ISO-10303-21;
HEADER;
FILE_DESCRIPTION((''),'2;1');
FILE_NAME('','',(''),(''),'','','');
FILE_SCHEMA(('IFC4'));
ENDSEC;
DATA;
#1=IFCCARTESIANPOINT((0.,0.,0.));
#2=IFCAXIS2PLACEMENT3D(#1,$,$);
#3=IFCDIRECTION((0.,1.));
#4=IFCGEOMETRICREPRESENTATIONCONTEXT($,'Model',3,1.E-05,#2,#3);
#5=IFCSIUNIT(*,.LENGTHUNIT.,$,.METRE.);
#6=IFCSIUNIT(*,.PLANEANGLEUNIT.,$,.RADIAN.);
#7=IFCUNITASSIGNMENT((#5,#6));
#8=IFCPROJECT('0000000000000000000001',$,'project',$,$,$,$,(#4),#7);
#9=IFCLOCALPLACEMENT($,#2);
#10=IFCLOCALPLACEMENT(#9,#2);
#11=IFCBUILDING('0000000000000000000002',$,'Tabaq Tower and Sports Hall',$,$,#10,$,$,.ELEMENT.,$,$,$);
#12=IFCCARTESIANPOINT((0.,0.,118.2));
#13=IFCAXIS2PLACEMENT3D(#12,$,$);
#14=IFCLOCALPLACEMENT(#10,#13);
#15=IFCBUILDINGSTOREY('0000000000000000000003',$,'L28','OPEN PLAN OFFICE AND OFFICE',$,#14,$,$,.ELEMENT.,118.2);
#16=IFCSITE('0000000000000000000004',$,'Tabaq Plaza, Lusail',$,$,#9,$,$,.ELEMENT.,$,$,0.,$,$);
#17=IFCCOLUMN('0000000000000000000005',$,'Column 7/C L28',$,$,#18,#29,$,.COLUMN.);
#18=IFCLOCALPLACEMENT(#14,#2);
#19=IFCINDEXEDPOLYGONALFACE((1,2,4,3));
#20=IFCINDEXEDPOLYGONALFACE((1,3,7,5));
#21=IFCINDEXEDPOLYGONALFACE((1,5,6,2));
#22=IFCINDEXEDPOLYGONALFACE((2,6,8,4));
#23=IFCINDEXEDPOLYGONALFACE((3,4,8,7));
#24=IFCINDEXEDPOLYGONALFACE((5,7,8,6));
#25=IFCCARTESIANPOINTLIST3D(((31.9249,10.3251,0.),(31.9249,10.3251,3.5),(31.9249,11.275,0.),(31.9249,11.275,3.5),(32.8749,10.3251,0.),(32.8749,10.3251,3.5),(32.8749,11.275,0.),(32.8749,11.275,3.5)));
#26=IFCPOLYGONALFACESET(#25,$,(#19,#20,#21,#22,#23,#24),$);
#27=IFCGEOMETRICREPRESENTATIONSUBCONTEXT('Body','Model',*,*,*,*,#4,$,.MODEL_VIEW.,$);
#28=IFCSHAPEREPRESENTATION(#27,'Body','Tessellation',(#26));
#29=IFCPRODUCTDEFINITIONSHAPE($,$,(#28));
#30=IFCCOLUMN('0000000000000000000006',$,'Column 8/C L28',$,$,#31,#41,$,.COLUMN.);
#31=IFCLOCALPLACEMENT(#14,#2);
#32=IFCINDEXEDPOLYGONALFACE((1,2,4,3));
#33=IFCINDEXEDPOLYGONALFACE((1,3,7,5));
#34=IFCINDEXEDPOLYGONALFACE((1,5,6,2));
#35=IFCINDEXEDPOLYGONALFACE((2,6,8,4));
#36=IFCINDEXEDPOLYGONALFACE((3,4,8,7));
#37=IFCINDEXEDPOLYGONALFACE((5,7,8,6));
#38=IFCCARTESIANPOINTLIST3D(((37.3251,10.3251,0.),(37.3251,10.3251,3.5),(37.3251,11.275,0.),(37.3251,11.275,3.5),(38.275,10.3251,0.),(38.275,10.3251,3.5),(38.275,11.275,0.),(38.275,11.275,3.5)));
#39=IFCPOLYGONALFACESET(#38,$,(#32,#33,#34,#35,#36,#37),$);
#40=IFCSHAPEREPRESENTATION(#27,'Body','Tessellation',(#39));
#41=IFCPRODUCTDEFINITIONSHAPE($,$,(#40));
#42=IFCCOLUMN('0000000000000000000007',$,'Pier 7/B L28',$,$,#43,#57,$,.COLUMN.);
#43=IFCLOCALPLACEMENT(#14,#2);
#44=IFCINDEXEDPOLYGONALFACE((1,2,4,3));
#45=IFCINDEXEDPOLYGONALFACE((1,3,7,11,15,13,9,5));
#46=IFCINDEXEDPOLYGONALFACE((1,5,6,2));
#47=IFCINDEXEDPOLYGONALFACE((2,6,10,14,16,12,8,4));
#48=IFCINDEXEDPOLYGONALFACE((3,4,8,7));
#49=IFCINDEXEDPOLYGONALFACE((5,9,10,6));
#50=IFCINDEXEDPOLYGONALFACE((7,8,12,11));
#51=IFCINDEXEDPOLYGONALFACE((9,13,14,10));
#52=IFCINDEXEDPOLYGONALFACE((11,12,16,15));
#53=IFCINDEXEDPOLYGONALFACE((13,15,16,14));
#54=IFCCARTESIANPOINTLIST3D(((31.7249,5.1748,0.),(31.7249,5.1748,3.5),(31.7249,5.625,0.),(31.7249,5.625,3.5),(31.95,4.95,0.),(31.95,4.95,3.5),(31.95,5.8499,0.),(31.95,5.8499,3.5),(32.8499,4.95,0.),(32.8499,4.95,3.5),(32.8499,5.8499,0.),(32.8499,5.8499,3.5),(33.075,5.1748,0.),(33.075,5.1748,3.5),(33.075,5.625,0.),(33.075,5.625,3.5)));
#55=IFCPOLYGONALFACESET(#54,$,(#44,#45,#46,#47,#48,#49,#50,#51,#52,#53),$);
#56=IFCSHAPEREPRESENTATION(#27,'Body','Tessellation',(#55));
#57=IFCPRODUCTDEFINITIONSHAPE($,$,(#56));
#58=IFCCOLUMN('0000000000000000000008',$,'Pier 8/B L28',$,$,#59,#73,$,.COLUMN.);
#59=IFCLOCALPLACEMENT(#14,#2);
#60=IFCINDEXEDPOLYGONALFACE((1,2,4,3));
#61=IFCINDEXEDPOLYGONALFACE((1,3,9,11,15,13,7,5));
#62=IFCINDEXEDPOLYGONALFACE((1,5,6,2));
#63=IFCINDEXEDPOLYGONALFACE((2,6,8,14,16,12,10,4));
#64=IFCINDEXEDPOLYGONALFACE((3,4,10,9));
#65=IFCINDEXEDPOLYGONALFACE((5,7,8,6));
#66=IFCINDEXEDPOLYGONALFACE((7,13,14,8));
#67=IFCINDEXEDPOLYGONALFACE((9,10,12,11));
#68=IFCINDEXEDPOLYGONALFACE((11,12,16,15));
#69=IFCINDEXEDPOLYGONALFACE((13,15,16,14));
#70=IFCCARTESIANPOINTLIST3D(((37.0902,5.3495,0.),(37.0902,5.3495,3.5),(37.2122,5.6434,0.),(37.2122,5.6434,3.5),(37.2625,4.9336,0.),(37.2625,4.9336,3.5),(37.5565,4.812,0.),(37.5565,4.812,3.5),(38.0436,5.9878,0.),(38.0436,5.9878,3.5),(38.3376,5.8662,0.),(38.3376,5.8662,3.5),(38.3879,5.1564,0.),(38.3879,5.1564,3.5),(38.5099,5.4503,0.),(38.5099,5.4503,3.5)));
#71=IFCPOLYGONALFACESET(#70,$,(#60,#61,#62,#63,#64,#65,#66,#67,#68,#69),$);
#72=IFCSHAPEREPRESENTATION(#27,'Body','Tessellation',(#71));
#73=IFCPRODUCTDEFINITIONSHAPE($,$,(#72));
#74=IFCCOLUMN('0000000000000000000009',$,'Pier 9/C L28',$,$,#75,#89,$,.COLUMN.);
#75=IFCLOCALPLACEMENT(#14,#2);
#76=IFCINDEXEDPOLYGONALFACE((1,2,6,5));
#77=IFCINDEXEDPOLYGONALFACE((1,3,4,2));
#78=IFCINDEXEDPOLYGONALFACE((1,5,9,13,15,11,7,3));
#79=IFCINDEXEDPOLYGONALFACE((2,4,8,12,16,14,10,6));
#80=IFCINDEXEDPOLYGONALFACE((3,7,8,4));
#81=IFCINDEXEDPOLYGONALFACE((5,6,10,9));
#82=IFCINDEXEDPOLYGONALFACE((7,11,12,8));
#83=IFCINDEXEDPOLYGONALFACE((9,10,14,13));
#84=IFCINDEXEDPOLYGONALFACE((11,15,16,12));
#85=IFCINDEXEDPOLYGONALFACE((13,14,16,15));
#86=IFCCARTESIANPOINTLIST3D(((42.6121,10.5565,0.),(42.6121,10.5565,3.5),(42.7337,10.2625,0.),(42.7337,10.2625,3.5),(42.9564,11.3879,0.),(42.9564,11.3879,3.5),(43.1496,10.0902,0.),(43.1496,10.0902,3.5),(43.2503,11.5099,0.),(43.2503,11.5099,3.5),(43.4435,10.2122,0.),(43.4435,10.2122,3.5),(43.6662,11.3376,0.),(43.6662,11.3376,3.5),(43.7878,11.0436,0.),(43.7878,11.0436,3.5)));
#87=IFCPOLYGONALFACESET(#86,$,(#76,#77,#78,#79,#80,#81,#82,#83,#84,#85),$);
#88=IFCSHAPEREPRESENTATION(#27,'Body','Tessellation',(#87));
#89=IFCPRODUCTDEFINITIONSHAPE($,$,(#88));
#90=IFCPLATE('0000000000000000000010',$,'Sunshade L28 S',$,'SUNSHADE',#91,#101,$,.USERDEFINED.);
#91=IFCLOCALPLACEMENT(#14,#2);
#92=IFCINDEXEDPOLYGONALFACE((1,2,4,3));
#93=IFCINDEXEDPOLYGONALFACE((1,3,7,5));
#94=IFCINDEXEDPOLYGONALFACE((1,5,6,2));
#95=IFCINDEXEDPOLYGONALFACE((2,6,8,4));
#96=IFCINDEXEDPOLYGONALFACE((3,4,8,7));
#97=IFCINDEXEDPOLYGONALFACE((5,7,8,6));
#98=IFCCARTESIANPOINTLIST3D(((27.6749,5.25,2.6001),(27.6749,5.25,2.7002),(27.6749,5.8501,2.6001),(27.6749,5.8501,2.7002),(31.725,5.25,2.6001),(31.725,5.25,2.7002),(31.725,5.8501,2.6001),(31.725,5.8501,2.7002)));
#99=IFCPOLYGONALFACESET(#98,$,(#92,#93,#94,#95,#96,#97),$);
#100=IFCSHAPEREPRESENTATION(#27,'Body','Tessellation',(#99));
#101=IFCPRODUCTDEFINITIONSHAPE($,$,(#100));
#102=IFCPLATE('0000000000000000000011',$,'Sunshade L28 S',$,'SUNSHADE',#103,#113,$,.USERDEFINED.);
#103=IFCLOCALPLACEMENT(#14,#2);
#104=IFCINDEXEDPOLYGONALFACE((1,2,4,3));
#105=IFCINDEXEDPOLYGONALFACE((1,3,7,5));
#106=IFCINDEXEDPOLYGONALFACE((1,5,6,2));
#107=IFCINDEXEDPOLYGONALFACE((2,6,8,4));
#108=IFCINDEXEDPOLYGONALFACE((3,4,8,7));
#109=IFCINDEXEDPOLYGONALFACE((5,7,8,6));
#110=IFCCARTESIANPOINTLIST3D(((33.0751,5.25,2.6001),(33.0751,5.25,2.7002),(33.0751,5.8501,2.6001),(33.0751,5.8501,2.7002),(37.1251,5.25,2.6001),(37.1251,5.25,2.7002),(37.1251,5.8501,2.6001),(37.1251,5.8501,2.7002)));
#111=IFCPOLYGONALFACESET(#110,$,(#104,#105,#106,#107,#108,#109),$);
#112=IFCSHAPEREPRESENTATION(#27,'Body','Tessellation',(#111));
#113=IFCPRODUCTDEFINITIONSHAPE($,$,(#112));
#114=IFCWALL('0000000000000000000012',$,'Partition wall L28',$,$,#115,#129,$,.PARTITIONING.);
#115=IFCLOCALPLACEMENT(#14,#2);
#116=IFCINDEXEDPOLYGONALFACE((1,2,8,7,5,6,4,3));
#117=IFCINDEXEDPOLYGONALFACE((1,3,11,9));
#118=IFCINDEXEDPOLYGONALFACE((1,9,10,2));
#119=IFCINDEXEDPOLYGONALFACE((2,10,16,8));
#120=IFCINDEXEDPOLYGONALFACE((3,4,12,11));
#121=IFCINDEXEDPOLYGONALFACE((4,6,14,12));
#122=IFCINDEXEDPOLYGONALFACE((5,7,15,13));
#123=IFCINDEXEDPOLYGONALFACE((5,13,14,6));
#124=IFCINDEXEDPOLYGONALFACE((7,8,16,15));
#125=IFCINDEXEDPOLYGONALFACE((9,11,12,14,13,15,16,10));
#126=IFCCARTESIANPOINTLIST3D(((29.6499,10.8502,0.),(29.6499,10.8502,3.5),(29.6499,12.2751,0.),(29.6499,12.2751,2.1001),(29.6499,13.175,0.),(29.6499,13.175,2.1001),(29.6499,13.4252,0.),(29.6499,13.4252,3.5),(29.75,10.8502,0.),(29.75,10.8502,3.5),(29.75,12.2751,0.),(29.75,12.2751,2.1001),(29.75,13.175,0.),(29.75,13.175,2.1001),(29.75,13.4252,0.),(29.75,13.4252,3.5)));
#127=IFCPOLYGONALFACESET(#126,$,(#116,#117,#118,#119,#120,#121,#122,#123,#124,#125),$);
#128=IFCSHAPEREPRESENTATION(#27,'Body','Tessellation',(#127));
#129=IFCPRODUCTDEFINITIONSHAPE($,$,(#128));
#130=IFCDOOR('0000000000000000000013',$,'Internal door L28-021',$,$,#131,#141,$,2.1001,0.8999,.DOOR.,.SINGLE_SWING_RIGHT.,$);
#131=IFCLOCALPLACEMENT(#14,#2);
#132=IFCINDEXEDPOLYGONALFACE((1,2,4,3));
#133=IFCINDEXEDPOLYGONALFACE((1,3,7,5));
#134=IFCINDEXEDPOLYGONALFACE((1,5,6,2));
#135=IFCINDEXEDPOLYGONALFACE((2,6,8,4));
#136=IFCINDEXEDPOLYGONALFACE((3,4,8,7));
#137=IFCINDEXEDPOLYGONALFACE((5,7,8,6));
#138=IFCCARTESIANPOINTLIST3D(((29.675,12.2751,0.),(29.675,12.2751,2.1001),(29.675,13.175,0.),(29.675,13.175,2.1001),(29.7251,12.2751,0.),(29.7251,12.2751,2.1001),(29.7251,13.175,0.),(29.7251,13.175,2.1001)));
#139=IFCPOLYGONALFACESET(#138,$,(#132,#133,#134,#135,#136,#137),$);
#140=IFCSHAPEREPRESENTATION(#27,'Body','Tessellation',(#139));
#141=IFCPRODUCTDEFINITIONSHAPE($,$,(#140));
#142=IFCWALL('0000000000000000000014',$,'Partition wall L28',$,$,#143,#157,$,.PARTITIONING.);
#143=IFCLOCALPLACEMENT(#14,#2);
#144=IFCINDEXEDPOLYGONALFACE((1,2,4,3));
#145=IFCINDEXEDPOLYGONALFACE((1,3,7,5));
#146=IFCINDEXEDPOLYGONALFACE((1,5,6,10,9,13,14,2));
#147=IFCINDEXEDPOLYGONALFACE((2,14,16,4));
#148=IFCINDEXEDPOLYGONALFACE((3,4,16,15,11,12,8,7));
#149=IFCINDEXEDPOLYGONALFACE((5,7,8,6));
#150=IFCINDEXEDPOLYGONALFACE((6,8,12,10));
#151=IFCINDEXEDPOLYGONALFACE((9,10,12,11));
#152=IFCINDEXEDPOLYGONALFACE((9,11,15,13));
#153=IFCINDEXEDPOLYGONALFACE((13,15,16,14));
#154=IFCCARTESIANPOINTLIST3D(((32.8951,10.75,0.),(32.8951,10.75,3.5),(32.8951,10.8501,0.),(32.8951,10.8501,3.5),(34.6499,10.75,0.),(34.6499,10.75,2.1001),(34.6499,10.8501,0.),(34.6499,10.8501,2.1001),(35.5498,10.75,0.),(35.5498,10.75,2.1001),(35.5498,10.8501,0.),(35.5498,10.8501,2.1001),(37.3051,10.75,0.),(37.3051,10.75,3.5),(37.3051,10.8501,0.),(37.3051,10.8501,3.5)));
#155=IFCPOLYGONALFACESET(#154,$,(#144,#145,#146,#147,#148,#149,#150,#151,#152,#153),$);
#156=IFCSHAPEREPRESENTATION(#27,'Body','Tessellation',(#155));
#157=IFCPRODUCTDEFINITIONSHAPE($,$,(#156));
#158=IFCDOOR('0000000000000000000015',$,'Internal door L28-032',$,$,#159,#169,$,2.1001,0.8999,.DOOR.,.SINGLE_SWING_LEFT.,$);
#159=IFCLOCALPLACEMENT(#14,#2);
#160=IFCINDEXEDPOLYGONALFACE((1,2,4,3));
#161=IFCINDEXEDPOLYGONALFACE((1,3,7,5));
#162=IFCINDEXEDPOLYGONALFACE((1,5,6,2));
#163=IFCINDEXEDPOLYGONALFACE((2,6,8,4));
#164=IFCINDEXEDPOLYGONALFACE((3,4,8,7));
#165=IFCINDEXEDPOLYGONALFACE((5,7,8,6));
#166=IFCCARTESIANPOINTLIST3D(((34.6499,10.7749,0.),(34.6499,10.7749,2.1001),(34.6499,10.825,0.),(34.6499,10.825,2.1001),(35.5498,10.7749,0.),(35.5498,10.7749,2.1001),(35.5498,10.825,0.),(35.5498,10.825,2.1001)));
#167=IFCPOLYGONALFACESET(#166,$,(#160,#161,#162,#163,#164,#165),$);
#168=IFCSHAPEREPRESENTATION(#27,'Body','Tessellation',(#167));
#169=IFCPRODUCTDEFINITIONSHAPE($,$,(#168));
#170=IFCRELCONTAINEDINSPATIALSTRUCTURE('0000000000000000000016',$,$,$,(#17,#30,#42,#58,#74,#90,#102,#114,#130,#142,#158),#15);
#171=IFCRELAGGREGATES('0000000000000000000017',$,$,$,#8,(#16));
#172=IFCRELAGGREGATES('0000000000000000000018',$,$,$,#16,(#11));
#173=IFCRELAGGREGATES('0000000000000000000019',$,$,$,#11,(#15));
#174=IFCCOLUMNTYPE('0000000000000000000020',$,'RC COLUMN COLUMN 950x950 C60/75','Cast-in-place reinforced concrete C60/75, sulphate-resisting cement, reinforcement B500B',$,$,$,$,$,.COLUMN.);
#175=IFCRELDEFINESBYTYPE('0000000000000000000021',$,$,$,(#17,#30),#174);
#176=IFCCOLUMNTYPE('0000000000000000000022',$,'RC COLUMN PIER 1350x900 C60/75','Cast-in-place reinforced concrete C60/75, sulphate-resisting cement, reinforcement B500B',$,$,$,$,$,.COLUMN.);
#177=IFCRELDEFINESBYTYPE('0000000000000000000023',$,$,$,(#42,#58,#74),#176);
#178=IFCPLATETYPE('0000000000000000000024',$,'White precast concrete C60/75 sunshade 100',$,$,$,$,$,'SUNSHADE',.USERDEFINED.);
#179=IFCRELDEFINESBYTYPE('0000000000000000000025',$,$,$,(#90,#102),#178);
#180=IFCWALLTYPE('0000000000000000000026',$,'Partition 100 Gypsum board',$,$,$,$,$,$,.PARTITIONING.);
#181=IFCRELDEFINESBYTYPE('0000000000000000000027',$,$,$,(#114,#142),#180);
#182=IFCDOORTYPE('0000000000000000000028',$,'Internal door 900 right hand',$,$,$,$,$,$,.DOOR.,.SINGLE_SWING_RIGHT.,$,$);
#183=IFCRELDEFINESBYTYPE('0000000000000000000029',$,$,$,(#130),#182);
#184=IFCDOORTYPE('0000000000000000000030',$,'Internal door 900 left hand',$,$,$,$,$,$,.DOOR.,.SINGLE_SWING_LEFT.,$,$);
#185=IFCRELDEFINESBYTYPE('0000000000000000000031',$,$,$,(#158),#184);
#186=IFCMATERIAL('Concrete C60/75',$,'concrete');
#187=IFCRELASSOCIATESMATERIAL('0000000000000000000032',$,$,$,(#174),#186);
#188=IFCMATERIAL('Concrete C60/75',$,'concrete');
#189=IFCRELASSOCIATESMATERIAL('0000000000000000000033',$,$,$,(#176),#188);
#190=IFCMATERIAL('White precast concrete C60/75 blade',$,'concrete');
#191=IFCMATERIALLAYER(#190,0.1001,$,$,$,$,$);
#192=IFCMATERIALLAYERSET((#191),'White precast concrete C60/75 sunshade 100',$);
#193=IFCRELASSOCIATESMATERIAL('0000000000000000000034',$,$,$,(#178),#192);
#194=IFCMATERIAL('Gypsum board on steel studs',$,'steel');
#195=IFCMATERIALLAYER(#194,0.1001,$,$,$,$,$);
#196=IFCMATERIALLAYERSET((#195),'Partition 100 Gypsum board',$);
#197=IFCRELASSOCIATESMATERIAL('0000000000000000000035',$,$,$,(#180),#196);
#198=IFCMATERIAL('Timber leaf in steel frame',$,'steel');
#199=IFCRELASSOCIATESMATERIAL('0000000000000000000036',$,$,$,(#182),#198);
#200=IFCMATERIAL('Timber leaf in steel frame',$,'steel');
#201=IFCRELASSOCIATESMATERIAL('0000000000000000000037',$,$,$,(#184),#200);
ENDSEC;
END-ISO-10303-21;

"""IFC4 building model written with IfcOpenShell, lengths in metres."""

from ifc_helpers import new_model, si_unit, direction, frame, frame_2d, origin, origin_2d, place, context, subcontext, project, spatial, polyline, rectangle, outline, extrude, material, layer, layer_set, material_profile, profile_set, type_object, element, fill, save


model = new_model("IFC4")

# Units and contexts
model_context = context("Model", 3, precision=1e-05, world=origin(), true_north=direction((0.0, 1.0)))
body_context = subcontext(model_context, "Body", "Model", "MODEL_VIEW")
ifc_project = project(units=[si_unit("LENGTHUNIT", "METRE"), si_unit("PLANEANGLEUNIT", "RADIAN")], contexts=[model_context])

# Site, building, storey
site_placement = place(None, origin())
site = spatial("IfcSite", under=ifc_project, at=site_placement, Name="Tabaq Plaza, Lusail", CompositionType="ELEMENT", RefElevation=0.0)
building_placement = place(site_placement, origin())
building = spatial("IfcBuilding", under=site, at=building_placement, Name="Tabaq Tower and Sports Hall", CompositionType="ELEMENT")
storey_placement = place(building_placement, frame((0.0, 0.0, 118.2)))
storey = spatial("IfcBuildingStorey", under=building, at=storey_placement, Name="L28", Description="OPEN PLAN OFFICE AND OFFICE", CompositionType="ELEMENT", Elevation=118.2)

# Columns
ifc_material_1 = material(Name="Concrete C60/75", Category="concrete")
ifc_material_profile_1 = material_profile(ifc_material_1, rectangle(XDim=0.95, YDim=0.95, at=origin_2d()), Name="COLUMN 950x950")
ifc_profile_set_1 = profile_set([ifc_material_profile_1], Name="Concrete C60/75")
column_type_1 = type_object("IfcColumnType", Name="RC COLUMN COLUMN 950x950 C60/75", Description="Cast-in-place reinforced concrete C60/75, sulphate-resisting cement, reinforcement B500B", PredefinedType="COLUMN", material=ifc_profile_set_1)
for number, where, z_axis, x_axis, name in (
    (1, (32.3999, 10.8, 0.0), (0.0, 0.0, 1.0), (1.0, 0.0, 0.0), "Column 7/C L28"),
    (2, (37.8, 10.8, 0.0), (0.0, 0.0, 1.0), (1.0, 0.0, 0.0), "Column 8/C L28"),
):
    element("IfcColumn", number, at=place(storey_placement, frame(where, z_axis=z_axis, x_axis=x_axis)), inside=storey, type_object=column_type_1, Name=name, PredefinedType="COLUMN", context=body_context, shape_type="SweptSolid", body=[
        extrude(rectangle(XDim=0.95, YDim=0.95, at=origin_2d()), origin(), (0.0, 0.0, 1.0), 3.5),
    ])
ifc_material_2 = material(Name="Concrete C60/75", Category="concrete")
ifc_material_profile_2 = material_profile(ifc_material_2, outline(polyline([(-0.45, -0.45), (0.45, -0.45), (0.675, -0.2251), (0.675, 0.2251), (0.45, 0.45), (-0.45, 0.45), (-0.675, 0.2251), (-0.675, -0.2251), (-0.45, -0.45)])), Name="PIER 1350x900")
ifc_profile_set_2 = profile_set([ifc_material_profile_2], Name="Concrete C60/75")
column_type_2 = type_object("IfcColumnType", Name="RC COLUMN PIER 1350x900 C60/75", Description="Cast-in-place reinforced concrete C60/75, sulphate-resisting cement, reinforcement B500B", PredefinedType="COLUMN", material=ifc_profile_set_2)
for number, where, z_axis, x_axis, name in (
    (3, (32.3999, 5.3999, 0.0), (0.0, 0.0, 1.0), (1.0, 0.0, 0.0), "Pier 7/B L28"),
    (4, (37.8, 5.3999, 0.0), (0.0, 0.0, 1.0), (0.92388, 0.382683, 0.0), "Pier 8/B L28"),
    (5, (43.2, 10.8, 0.0), (0.0, 0.0, 1.0), (0.382683, 0.92388, 0.0), "Pier 9/C L28"),
):
    element("IfcColumn", number, at=place(storey_placement, frame(where, z_axis=z_axis, x_axis=x_axis)), inside=storey, type_object=column_type_2, Name=name, PredefinedType="COLUMN", context=body_context, shape_type="SweptSolid", body=[
        extrude(outline(polyline([(-0.45, -0.45), (0.45, -0.45), (0.675, -0.2251), (0.675, 0.2251), (0.45, 0.45), (-0.45, 0.45), (-0.675, 0.2251), (-0.675, -0.2251), (-0.45, -0.45)])), origin(), (0.0, 0.0, 1.0), 3.5),
    ])

# Plates
ifc_material_3 = material(Name="White precast concrete C60/75 blade", Category="concrete")
ifc_layer_1 = layer(ifc_material_3, 0.1001)
ifc_layer_set_1 = layer_set([ifc_layer_1], Name="White precast concrete C60/75 sunshade 100")
plate_type = type_object("IfcPlateType", Name="White precast concrete C60/75 sunshade 100", ElementType="SUNSHADE", PredefinedType="USERDEFINED", material=ifc_layer_set_1)
for number, where, z_axis, x_axis, name in (
    (6, (29.7, 5.55, 2.6001), (0.0, 0.0, 1.0), (1.0, 0.0, 0.0), "Sunshade L28 S"),
    (7, (35.1001, 5.55, 2.6001), (0.0, 0.0, 1.0), (1.0, 0.0, 0.0), "Sunshade L28 S"),
):
    element("IfcPlate", number, at=place(storey_placement, frame(where, z_axis=z_axis, x_axis=x_axis)), inside=storey, type_object=plate_type, Name=name, ObjectType="SUNSHADE", PredefinedType="USERDEFINED", context=body_context, shape_type="SweptSolid", body=[
        extrude(rectangle(XDim=4.05, YDim=0.6001, at=origin_2d()), origin(), (0.0, 0.0, 1.0), 0.1001),
    ])

# Walls, openings, doors
ifc_material_4 = material(Name="Gypsum board on steel studs", Category="steel")
ifc_layer_2 = layer(ifc_material_4, 0.1001)
ifc_layer_set_2 = layer_set([ifc_layer_2], Name="Partition 100 Gypsum board")
wall_type_1 = type_object("IfcWallType", Name="Partition 100 Gypsum board", PredefinedType="PARTITIONING", material=ifc_layer_set_2)
wall_1_placement = place(storey_placement, frame((29.7, 10.8501, 0.0), z_axis=(0.0, 0.0, 1.0), x_axis=(0.0, 1.0, 0.0)))
wall_1 = element("IfcWall", 8, at=wall_1_placement, inside=storey, type_object=wall_type_1, Name="Partition wall L28", PredefinedType="PARTITIONING", context=body_context, shape_type="SweptSolid", body=[
    extrude(rectangle(XDim=2.575, YDim=0.1001, at=frame_2d((1.2876, 0.0))), origin(), (0.0, 0.0, 1.0), 3.5),
])
opening_1_placement = place(wall_1_placement, frame((1.425, 0.0, 0.0)))
opening_1 = element("IfcOpeningElement", 9, at=opening_1_placement, cuts=wall_1, PredefinedType="OPENING", context=body_context, shape_type="SweptSolid", body=[
    extrude(rectangle(XDim=0.8999, YDim=2.1001, at=frame_2d((0.45, 1.05))), frame((0.0, 0.05, 0.0), z_axis=(0.0, -1.0, 0.0), x_axis=(1.0, 0.0, 0.0)), (0.0, 0.0, 1.0), 0.1001),
])
ifc_material_5 = material(Name="Timber leaf in steel frame", Category="steel")
door_type_1 = type_object("IfcDoorType", Name="Internal door 900 right hand", OperationType="SINGLE_SWING_RIGHT", PredefinedType="DOOR", material=ifc_material_5)
door_1_placement = place(opening_1_placement, origin())
door_1 = element("IfcDoor", 10, at=door_1_placement, inside=storey, type_object=door_type_1, Name="Internal door L28-021", OperationType="SINGLE_SWING_RIGHT", OverallHeight=2.1001, OverallWidth=0.8999, PredefinedType="DOOR", context=body_context, shape_type="SweptSolid", body=[
    extrude(rectangle(XDim=0.8999, YDim=2.1001, at=frame_2d((0.45, 1.05))), frame((0.0, 0.0249, 0.0), z_axis=(0.0, -1.0, 0.0), x_axis=(1.0, 0.0, 0.0)), (0.0, 0.0, 1.0), 0.05),
])
fill(opening_1, door_1)
wall_2_placement = place(storey_placement, frame((32.895, 10.8, 0.0), z_axis=(0.0, 0.0, 1.0), x_axis=(1.0, 0.0, 0.0)))
wall_2 = element("IfcWall", 11, at=wall_2_placement, inside=storey, type_object=wall_type_1, Name="Partition wall L28", PredefinedType="PARTITIONING", context=body_context, shape_type="SweptSolid", body=[
    extrude(rectangle(XDim=4.4099, YDim=0.1001, at=frame_2d((2.2051, 0.0))), origin(), (0.0, 0.0, 1.0), 3.5),
])
opening_2_placement = place(wall_2_placement, frame((1.7549, 0.0, 0.0)))
opening_2 = element("IfcOpeningElement", 12, at=opening_2_placement, cuts=wall_2, PredefinedType="OPENING", context=body_context, shape_type="SweptSolid", body=[
    extrude(rectangle(XDim=0.8999, YDim=2.1001, at=frame_2d((0.45, 1.05))), frame((0.0, 0.05, 0.0), z_axis=(0.0, -1.0, 0.0), x_axis=(1.0, 0.0, 0.0)), (0.0, 0.0, 1.0), 0.1001),
])
ifc_material_6 = material(Name="Timber leaf in steel frame", Category="steel")
door_type_2 = type_object("IfcDoorType", Name="Internal door 900 left hand", OperationType="SINGLE_SWING_LEFT", PredefinedType="DOOR", material=ifc_material_6)
door_2_placement = place(opening_2_placement, origin())
door_2 = element("IfcDoor", 13, at=door_2_placement, inside=storey, type_object=door_type_2, Name="Internal door L28-032", OperationType="SINGLE_SWING_LEFT", OverallHeight=2.1001, OverallWidth=0.8999, PredefinedType="DOOR", context=body_context, shape_type="SweptSolid", body=[
    extrude(rectangle(XDim=0.8999, YDim=2.1001, at=frame_2d((0.45, 1.05))), frame((0.0, 0.0249, 0.0), z_axis=(0.0, -1.0, 0.0), x_axis=(1.0, 0.0, 0.0)), (0.0, 0.0, 1.0), 0.05),
])
fill(opening_2, door_2)

save(model, "model.ifc")
